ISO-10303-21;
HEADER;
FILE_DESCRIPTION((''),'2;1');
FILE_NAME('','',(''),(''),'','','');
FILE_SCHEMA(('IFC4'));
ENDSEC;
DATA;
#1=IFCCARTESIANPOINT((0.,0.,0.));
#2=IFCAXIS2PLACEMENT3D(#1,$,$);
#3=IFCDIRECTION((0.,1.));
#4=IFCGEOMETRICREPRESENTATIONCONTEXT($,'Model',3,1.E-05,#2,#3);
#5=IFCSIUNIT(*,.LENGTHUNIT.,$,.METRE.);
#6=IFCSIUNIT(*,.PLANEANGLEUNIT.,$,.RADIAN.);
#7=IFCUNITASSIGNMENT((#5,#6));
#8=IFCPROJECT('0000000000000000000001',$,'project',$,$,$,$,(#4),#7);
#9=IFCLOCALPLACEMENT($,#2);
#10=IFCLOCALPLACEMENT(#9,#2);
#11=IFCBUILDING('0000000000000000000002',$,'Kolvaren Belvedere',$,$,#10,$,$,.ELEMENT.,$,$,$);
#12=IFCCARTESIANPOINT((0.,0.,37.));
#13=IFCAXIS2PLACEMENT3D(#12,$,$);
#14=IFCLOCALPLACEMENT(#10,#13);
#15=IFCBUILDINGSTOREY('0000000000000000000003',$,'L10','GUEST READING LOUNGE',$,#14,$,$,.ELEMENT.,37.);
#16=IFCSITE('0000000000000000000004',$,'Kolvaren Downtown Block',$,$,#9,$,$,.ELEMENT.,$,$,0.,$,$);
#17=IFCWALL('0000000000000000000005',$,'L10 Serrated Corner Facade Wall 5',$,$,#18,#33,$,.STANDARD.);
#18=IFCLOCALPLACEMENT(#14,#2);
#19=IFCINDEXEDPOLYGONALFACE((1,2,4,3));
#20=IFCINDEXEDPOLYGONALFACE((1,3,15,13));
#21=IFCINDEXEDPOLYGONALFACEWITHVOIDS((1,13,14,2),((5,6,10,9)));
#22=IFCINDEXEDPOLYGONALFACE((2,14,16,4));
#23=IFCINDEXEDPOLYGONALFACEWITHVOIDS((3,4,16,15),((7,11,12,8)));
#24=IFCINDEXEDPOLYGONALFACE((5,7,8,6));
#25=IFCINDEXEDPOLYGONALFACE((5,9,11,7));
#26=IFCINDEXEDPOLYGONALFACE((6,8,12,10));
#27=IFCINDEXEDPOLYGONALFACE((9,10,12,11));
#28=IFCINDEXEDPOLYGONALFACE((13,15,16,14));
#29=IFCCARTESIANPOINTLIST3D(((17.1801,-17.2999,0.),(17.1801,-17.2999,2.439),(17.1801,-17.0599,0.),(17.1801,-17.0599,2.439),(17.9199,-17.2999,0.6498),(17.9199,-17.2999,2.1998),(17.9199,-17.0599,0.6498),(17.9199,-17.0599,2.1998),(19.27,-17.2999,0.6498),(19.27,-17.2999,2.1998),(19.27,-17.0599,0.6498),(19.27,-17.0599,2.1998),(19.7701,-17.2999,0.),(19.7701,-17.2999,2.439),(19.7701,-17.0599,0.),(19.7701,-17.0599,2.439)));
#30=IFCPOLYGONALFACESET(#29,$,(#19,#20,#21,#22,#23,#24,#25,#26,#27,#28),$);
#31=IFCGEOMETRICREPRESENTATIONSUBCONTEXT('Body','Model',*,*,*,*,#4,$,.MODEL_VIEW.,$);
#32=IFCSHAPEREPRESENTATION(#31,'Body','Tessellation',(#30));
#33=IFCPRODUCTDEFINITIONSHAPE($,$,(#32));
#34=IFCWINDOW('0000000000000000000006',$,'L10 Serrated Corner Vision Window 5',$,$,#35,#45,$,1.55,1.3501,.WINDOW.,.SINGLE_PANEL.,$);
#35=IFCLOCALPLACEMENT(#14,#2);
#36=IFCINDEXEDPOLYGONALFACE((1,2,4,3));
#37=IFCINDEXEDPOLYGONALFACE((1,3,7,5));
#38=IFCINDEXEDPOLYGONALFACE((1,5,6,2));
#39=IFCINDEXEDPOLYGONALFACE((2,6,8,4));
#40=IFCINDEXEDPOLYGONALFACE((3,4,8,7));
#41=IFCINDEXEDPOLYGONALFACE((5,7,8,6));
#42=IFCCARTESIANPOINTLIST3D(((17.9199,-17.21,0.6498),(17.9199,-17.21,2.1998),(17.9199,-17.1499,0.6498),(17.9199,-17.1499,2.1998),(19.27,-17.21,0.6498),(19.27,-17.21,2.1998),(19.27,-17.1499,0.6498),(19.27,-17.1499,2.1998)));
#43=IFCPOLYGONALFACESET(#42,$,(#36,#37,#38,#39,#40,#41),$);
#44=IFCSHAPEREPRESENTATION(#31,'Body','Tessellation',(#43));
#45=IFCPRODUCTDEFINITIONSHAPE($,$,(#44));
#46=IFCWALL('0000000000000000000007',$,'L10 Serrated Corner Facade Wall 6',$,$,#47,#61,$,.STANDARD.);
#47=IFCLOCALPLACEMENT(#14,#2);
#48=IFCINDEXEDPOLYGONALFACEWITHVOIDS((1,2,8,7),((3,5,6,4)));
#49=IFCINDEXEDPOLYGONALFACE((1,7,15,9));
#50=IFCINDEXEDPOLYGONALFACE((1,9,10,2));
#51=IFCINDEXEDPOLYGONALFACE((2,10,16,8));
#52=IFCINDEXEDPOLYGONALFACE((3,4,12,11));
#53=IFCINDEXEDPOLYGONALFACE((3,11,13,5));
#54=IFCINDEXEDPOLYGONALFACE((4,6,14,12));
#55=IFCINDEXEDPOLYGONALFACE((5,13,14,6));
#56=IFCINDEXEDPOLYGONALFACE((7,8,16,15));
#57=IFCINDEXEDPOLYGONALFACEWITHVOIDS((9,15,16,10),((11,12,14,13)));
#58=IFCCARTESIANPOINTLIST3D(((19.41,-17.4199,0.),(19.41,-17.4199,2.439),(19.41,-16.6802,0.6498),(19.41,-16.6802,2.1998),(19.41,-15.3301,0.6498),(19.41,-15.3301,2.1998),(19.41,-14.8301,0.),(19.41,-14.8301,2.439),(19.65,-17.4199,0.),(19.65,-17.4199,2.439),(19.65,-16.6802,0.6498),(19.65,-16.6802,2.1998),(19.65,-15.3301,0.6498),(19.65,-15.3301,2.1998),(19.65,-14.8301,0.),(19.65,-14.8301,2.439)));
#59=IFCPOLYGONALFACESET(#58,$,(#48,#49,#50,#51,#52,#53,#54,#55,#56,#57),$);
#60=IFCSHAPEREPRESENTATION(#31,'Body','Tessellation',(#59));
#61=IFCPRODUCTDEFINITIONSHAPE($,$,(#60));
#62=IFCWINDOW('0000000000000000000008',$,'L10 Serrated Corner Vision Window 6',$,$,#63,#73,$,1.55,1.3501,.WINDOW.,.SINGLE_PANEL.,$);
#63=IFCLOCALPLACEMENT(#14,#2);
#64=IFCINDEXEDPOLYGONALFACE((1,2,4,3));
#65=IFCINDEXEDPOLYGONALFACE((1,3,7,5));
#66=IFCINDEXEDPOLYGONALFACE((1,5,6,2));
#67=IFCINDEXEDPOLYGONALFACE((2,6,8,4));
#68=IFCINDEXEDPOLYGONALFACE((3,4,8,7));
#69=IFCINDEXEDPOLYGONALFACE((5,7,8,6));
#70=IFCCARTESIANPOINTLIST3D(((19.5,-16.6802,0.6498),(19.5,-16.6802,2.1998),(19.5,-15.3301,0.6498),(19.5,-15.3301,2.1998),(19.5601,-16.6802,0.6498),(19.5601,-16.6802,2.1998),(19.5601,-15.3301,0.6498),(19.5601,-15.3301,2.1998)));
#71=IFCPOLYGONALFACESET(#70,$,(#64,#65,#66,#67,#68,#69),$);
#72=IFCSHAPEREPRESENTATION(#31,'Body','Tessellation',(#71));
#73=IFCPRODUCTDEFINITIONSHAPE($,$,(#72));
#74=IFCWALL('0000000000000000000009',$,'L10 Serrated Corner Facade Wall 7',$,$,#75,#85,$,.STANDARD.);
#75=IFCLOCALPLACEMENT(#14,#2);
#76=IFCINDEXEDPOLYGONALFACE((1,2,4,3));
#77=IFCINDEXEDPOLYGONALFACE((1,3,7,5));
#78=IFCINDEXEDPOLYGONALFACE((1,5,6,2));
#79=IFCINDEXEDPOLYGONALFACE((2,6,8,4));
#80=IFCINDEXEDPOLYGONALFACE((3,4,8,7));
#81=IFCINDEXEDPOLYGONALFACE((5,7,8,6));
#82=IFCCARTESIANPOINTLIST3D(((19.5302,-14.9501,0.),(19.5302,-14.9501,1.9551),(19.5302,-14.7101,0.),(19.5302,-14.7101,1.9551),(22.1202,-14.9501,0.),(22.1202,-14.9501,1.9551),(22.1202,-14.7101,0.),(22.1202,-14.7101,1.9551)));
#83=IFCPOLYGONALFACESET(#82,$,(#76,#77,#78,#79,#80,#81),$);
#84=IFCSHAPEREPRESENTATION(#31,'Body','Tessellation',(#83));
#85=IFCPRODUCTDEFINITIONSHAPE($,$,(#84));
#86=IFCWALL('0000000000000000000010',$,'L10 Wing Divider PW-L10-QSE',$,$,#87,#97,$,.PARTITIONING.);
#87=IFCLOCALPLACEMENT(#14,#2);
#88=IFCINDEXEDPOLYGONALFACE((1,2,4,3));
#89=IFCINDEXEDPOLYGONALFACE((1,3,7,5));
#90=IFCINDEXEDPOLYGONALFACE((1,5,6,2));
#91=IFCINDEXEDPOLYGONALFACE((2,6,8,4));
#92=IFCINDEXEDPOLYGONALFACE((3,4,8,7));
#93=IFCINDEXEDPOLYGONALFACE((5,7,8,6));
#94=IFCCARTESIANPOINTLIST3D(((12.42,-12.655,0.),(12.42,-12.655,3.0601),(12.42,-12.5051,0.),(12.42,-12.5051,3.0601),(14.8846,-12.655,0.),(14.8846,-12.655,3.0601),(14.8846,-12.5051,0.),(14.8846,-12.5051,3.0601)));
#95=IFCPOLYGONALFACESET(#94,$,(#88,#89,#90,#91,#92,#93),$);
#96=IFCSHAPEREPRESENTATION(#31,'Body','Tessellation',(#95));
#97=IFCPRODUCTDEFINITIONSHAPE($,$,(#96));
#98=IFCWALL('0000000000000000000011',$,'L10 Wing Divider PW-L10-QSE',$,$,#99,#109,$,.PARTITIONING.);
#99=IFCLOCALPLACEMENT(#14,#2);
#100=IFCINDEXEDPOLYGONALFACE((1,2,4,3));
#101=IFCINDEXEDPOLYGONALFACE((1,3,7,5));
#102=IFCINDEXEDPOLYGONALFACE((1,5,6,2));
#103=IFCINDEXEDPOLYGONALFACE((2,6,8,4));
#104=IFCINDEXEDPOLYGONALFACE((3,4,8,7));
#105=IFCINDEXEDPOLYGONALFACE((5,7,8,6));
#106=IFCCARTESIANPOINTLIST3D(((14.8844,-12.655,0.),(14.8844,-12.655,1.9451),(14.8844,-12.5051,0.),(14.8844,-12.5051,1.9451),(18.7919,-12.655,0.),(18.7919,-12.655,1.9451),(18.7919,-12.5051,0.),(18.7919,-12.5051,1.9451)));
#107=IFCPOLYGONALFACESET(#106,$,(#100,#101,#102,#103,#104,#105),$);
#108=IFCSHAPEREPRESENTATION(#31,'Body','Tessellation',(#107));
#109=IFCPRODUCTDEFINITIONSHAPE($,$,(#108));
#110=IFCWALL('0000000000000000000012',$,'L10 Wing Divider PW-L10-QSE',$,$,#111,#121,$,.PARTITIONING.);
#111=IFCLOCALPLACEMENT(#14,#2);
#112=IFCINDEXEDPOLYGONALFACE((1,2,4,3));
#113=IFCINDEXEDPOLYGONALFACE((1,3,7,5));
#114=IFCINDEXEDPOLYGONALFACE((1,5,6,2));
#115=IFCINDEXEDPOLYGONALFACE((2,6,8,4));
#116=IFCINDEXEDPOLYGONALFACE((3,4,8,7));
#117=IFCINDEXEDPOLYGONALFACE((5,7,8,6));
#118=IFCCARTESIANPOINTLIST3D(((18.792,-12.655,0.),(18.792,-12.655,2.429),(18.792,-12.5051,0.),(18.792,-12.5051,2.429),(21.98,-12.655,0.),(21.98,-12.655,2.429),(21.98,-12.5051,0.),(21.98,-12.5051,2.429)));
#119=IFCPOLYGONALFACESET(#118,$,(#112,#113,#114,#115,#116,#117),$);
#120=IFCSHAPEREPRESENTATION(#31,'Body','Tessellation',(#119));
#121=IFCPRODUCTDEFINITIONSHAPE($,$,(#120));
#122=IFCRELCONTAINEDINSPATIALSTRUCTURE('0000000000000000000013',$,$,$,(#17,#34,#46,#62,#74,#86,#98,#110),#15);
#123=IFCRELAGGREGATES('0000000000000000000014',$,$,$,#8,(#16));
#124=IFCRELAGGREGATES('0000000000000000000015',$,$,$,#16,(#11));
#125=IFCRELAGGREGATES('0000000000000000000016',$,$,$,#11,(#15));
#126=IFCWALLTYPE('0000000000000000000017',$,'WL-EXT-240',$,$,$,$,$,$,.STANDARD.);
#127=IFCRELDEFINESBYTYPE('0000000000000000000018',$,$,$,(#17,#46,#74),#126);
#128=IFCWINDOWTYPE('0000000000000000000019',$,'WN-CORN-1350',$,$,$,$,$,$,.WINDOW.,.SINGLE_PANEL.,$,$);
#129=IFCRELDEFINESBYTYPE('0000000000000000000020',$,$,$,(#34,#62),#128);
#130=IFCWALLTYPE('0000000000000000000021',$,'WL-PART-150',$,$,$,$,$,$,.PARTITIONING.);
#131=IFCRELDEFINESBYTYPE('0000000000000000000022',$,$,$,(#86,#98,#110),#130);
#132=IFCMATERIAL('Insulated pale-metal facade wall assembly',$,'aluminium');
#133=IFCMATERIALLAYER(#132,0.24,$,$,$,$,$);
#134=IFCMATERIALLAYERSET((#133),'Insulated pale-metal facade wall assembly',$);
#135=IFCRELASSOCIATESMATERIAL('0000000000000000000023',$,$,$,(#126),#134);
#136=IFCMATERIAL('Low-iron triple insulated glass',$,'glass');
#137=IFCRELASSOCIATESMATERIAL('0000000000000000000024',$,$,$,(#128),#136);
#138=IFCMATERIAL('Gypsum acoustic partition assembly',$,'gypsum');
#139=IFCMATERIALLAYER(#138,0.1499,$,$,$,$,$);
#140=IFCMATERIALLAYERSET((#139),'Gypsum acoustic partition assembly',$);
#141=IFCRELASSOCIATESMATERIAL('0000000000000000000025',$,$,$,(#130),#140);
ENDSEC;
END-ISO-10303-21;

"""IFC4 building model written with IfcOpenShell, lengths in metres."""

from ifc_helpers import new_model, si_unit, direction, frame, frame_2d, origin, place, context, subcontext, project, spatial, rectangle, extrude, material, layer, layer_set, type_object, element, fill, save


model = new_model("IFC4")

# Units and contexts
model_context = context("Model", 3, precision=1e-05, world=origin(), true_north=direction((0.0, 1.0)))
body_context = subcontext(model_context, "Body", "Model", "MODEL_VIEW")
ifc_project = project(units=[si_unit("LENGTHUNIT", "METRE"), si_unit("PLANEANGLEUNIT", "RADIAN")], contexts=[model_context])

# Site, building, storey
site_placement = place(None, origin())
site = spatial("IfcSite", under=ifc_project, at=site_placement, Name="Kolvaren Downtown Block", CompositionType="ELEMENT", RefElevation=0.0)
building_placement = place(site_placement, origin())
building = spatial("IfcBuilding", under=site, at=building_placement, Name="Kolvaren Belvedere", CompositionType="ELEMENT")
storey_placement = place(building_placement, frame((0.0, 0.0, 37.0)))
storey = spatial("IfcBuildingStorey", under=building, at=storey_placement, Name="L10", Description="GUEST READING LOUNGE", CompositionType="ELEMENT", Elevation=37.0)

# Shared definitions
ifc_material_1 = material(Name="Insulated pale-metal facade wall assembly", Category="aluminium")
ifc_layer_1 = layer(ifc_material_1, 0.24)
ifc_layer_set_1 = layer_set([ifc_layer_1], Name="Insulated pale-metal facade wall assembly")
wall_type_1 = type_object("IfcWallType", Name="WL-EXT-240", PredefinedType="STANDARD", material=ifc_layer_set_1)

# Walls, openings, windows
ifc_material_2 = material(Name="Low-iron triple insulated glass", Category="glass")
window_type = type_object("IfcWindowType", Name="WN-CORN-1350", PartitioningType="SINGLE_PANEL", PredefinedType="WINDOW", material=ifc_material_2)
wall_1_placement = place(storey_placement, frame((19.77, -17.1799, 0.0), z_axis=(0.0, 0.0, 1.0), x_axis=(-1.0, 0.0, 0.0)))
wall_1 = element("IfcWall", 1, at=wall_1_placement, inside=storey, type_object=wall_type_1, Name="L10 Serrated Corner Facade Wall 5", PredefinedType="STANDARD", context=body_context, shape_type="SweptSolid", body=[
    extrude(rectangle(XDim=2.5901, YDim=0.24, at=frame_2d((1.2949, 0.0))), origin(), (0.0, 0.0, 1.0), 2.439),
])
opening_1_placement = place(wall_1_placement, frame((0.5, 0.0, 0.6499)))
opening_1 = element("IfcOpeningElement", 2, at=opening_1_placement, cuts=wall_1, PredefinedType="OPENING", context=body_context, shape_type="SweptSolid", body=[
    extrude(rectangle(XDim=1.3501, YDim=1.55, at=frame_2d((0.675, 0.7749))), frame((0.0, 0.1299, 0.0), z_axis=(0.0, -1.0, 0.0), x_axis=(1.0, 0.0, 0.0)), (0.0, 0.0, 1.0), 0.26),
])
window_1_placement = place(opening_1_placement, origin())
window_1 = element("IfcWindow", 3, at=window_1_placement, inside=storey, type_object=window_type, Name="L10 Serrated Corner Vision Window 5", OverallHeight=1.55, OverallWidth=1.3501, PartitioningType="SINGLE_PANEL", PredefinedType="WINDOW", context=body_context, shape_type="SweptSolid", body=[
    extrude(rectangle(XDim=1.3501, YDim=1.55, at=frame_2d((0.675, 0.7749))), frame((0.0, 0.03, 0.0), z_axis=(0.0, -1.0, 0.0), x_axis=(1.0, 0.0, 0.0)), (0.0, 0.0, 1.0), 0.0601),
])
fill(opening_1, window_1)
wall_2_placement = place(storey_placement, frame((19.53, -14.8301, 0.0), z_axis=(0.0, 0.0, 1.0), x_axis=(0.0, -1.0, 0.0)))
wall_2 = element("IfcWall", 4, at=wall_2_placement, inside=storey, type_object=wall_type_1, Name="L10 Serrated Corner Facade Wall 6", PredefinedType="STANDARD", context=body_context, shape_type="SweptSolid", body=[
    extrude(rectangle(XDim=2.5898, YDim=0.24, at=frame_2d((1.2949, 0.0))), origin(), (0.0, 0.0, 1.0), 2.439),
])
opening_2_placement = place(wall_2_placement, frame((0.5, 0.0, 0.6499)))
opening_2 = element("IfcOpeningElement", 5, at=opening_2_placement, cuts=wall_2, PredefinedType="OPENING", context=body_context, shape_type="SweptSolid", body=[
    extrude(rectangle(XDim=1.3501, YDim=1.55, at=frame_2d((0.675, 0.7749))), frame((0.0, 0.1299, 0.0), z_axis=(0.0, -1.0, 0.0), x_axis=(1.0, 0.0, 0.0)), (0.0, 0.0, 1.0), 0.26),
])
window_2_placement = place(opening_2_placement, origin())
window_2 = element("IfcWindow", 6, at=window_2_placement, inside=storey, type_object=window_type, Name="L10 Serrated Corner Vision Window 6", OverallHeight=1.55, OverallWidth=1.3501, PartitioningType="SINGLE_PANEL", PredefinedType="WINDOW", context=body_context, shape_type="SweptSolid", body=[
    extrude(rectangle(XDim=1.3501, YDim=1.55, at=frame_2d((0.675, 0.7749))), frame((0.0, 0.03, 0.0), z_axis=(0.0, -1.0, 0.0), x_axis=(1.0, 0.0, 0.0)), (0.0, 0.0, 1.0), 0.0601),
])
fill(opening_2, window_2)

# Walls
wall_3_placement = place(storey_placement, frame((22.1201, -14.8301, 0.0), z_axis=(0.0, 0.0, 1.0), x_axis=(-1.0, 0.0, 0.0)))
element("IfcWall", 7, at=wall_3_placement, inside=storey, type_object=wall_type_1, Name="L10 Serrated Corner Facade Wall 7", PredefinedType="STANDARD", context=body_context, shape_type="SweptSolid", body=[
    extrude(rectangle(XDim=2.5901, YDim=0.24, at=frame_2d((1.2949, 0.0))), origin(), (0.0, 0.0, 1.0), 1.9551),
])
ifc_material_3 = material(Name="Gypsum acoustic partition assembly", Category="gypsum")
ifc_layer_2 = layer(ifc_material_3, 0.1499)
ifc_layer_set_2 = layer_set([ifc_layer_2], Name="Gypsum acoustic partition assembly")
wall_type_2 = type_object("IfcWallType", Name="WL-PART-150", PredefinedType="PARTITIONING", material=ifc_layer_set_2)
wall_4_placement = place(storey_placement, frame((12.4199, -12.5801, 0.0), z_axis=(0.0, 0.0, 1.0), x_axis=(1.0, 0.0, 0.0)))
element("IfcWall", 8, at=wall_4_placement, inside=storey, type_object=wall_type_2, Name="L10 Wing Divider PW-L10-QSE", PredefinedType="PARTITIONING", context=body_context, shape_type="SweptSolid", body=[
    extrude(rectangle(XDim=2.4646, YDim=0.1499, at=frame_2d((1.2324, 0.0))), origin(), (0.0, 0.0, 1.0), 3.0601),
])
wall_5_placement = place(storey_placement, frame((14.8845, -12.5801, 0.0), z_axis=(0.0, 0.0, 1.0), x_axis=(1.0, 0.0, 0.0)))
element("IfcWall", 9, at=wall_5_placement, inside=storey, type_object=wall_type_2, Name="L10 Wing Divider PW-L10-QSE", PredefinedType="PARTITIONING", context=body_context, shape_type="SweptSolid", body=[
    extrude(rectangle(XDim=3.9075, YDim=0.1499, at=frame_2d((1.9536, 0.0))), origin(), (0.0, 0.0, 1.0), 1.9451),
])
wall_6_placement = place(storey_placement, frame((18.792, -12.5801, 0.0), z_axis=(0.0, 0.0, 1.0), x_axis=(1.0, 0.0, 0.0)))
element("IfcWall", 10, at=wall_6_placement, inside=storey, type_object=wall_type_2, Name="L10 Wing Divider PW-L10-QSE", PredefinedType="PARTITIONING", context=body_context, shape_type="SweptSolid", body=[
    extrude(rectangle(XDim=3.188, YDim=0.1499, at=frame_2d((1.594, 0.0))), origin(), (0.0, 0.0, 1.0), 2.429),
])

save(model, "model.ifc")
